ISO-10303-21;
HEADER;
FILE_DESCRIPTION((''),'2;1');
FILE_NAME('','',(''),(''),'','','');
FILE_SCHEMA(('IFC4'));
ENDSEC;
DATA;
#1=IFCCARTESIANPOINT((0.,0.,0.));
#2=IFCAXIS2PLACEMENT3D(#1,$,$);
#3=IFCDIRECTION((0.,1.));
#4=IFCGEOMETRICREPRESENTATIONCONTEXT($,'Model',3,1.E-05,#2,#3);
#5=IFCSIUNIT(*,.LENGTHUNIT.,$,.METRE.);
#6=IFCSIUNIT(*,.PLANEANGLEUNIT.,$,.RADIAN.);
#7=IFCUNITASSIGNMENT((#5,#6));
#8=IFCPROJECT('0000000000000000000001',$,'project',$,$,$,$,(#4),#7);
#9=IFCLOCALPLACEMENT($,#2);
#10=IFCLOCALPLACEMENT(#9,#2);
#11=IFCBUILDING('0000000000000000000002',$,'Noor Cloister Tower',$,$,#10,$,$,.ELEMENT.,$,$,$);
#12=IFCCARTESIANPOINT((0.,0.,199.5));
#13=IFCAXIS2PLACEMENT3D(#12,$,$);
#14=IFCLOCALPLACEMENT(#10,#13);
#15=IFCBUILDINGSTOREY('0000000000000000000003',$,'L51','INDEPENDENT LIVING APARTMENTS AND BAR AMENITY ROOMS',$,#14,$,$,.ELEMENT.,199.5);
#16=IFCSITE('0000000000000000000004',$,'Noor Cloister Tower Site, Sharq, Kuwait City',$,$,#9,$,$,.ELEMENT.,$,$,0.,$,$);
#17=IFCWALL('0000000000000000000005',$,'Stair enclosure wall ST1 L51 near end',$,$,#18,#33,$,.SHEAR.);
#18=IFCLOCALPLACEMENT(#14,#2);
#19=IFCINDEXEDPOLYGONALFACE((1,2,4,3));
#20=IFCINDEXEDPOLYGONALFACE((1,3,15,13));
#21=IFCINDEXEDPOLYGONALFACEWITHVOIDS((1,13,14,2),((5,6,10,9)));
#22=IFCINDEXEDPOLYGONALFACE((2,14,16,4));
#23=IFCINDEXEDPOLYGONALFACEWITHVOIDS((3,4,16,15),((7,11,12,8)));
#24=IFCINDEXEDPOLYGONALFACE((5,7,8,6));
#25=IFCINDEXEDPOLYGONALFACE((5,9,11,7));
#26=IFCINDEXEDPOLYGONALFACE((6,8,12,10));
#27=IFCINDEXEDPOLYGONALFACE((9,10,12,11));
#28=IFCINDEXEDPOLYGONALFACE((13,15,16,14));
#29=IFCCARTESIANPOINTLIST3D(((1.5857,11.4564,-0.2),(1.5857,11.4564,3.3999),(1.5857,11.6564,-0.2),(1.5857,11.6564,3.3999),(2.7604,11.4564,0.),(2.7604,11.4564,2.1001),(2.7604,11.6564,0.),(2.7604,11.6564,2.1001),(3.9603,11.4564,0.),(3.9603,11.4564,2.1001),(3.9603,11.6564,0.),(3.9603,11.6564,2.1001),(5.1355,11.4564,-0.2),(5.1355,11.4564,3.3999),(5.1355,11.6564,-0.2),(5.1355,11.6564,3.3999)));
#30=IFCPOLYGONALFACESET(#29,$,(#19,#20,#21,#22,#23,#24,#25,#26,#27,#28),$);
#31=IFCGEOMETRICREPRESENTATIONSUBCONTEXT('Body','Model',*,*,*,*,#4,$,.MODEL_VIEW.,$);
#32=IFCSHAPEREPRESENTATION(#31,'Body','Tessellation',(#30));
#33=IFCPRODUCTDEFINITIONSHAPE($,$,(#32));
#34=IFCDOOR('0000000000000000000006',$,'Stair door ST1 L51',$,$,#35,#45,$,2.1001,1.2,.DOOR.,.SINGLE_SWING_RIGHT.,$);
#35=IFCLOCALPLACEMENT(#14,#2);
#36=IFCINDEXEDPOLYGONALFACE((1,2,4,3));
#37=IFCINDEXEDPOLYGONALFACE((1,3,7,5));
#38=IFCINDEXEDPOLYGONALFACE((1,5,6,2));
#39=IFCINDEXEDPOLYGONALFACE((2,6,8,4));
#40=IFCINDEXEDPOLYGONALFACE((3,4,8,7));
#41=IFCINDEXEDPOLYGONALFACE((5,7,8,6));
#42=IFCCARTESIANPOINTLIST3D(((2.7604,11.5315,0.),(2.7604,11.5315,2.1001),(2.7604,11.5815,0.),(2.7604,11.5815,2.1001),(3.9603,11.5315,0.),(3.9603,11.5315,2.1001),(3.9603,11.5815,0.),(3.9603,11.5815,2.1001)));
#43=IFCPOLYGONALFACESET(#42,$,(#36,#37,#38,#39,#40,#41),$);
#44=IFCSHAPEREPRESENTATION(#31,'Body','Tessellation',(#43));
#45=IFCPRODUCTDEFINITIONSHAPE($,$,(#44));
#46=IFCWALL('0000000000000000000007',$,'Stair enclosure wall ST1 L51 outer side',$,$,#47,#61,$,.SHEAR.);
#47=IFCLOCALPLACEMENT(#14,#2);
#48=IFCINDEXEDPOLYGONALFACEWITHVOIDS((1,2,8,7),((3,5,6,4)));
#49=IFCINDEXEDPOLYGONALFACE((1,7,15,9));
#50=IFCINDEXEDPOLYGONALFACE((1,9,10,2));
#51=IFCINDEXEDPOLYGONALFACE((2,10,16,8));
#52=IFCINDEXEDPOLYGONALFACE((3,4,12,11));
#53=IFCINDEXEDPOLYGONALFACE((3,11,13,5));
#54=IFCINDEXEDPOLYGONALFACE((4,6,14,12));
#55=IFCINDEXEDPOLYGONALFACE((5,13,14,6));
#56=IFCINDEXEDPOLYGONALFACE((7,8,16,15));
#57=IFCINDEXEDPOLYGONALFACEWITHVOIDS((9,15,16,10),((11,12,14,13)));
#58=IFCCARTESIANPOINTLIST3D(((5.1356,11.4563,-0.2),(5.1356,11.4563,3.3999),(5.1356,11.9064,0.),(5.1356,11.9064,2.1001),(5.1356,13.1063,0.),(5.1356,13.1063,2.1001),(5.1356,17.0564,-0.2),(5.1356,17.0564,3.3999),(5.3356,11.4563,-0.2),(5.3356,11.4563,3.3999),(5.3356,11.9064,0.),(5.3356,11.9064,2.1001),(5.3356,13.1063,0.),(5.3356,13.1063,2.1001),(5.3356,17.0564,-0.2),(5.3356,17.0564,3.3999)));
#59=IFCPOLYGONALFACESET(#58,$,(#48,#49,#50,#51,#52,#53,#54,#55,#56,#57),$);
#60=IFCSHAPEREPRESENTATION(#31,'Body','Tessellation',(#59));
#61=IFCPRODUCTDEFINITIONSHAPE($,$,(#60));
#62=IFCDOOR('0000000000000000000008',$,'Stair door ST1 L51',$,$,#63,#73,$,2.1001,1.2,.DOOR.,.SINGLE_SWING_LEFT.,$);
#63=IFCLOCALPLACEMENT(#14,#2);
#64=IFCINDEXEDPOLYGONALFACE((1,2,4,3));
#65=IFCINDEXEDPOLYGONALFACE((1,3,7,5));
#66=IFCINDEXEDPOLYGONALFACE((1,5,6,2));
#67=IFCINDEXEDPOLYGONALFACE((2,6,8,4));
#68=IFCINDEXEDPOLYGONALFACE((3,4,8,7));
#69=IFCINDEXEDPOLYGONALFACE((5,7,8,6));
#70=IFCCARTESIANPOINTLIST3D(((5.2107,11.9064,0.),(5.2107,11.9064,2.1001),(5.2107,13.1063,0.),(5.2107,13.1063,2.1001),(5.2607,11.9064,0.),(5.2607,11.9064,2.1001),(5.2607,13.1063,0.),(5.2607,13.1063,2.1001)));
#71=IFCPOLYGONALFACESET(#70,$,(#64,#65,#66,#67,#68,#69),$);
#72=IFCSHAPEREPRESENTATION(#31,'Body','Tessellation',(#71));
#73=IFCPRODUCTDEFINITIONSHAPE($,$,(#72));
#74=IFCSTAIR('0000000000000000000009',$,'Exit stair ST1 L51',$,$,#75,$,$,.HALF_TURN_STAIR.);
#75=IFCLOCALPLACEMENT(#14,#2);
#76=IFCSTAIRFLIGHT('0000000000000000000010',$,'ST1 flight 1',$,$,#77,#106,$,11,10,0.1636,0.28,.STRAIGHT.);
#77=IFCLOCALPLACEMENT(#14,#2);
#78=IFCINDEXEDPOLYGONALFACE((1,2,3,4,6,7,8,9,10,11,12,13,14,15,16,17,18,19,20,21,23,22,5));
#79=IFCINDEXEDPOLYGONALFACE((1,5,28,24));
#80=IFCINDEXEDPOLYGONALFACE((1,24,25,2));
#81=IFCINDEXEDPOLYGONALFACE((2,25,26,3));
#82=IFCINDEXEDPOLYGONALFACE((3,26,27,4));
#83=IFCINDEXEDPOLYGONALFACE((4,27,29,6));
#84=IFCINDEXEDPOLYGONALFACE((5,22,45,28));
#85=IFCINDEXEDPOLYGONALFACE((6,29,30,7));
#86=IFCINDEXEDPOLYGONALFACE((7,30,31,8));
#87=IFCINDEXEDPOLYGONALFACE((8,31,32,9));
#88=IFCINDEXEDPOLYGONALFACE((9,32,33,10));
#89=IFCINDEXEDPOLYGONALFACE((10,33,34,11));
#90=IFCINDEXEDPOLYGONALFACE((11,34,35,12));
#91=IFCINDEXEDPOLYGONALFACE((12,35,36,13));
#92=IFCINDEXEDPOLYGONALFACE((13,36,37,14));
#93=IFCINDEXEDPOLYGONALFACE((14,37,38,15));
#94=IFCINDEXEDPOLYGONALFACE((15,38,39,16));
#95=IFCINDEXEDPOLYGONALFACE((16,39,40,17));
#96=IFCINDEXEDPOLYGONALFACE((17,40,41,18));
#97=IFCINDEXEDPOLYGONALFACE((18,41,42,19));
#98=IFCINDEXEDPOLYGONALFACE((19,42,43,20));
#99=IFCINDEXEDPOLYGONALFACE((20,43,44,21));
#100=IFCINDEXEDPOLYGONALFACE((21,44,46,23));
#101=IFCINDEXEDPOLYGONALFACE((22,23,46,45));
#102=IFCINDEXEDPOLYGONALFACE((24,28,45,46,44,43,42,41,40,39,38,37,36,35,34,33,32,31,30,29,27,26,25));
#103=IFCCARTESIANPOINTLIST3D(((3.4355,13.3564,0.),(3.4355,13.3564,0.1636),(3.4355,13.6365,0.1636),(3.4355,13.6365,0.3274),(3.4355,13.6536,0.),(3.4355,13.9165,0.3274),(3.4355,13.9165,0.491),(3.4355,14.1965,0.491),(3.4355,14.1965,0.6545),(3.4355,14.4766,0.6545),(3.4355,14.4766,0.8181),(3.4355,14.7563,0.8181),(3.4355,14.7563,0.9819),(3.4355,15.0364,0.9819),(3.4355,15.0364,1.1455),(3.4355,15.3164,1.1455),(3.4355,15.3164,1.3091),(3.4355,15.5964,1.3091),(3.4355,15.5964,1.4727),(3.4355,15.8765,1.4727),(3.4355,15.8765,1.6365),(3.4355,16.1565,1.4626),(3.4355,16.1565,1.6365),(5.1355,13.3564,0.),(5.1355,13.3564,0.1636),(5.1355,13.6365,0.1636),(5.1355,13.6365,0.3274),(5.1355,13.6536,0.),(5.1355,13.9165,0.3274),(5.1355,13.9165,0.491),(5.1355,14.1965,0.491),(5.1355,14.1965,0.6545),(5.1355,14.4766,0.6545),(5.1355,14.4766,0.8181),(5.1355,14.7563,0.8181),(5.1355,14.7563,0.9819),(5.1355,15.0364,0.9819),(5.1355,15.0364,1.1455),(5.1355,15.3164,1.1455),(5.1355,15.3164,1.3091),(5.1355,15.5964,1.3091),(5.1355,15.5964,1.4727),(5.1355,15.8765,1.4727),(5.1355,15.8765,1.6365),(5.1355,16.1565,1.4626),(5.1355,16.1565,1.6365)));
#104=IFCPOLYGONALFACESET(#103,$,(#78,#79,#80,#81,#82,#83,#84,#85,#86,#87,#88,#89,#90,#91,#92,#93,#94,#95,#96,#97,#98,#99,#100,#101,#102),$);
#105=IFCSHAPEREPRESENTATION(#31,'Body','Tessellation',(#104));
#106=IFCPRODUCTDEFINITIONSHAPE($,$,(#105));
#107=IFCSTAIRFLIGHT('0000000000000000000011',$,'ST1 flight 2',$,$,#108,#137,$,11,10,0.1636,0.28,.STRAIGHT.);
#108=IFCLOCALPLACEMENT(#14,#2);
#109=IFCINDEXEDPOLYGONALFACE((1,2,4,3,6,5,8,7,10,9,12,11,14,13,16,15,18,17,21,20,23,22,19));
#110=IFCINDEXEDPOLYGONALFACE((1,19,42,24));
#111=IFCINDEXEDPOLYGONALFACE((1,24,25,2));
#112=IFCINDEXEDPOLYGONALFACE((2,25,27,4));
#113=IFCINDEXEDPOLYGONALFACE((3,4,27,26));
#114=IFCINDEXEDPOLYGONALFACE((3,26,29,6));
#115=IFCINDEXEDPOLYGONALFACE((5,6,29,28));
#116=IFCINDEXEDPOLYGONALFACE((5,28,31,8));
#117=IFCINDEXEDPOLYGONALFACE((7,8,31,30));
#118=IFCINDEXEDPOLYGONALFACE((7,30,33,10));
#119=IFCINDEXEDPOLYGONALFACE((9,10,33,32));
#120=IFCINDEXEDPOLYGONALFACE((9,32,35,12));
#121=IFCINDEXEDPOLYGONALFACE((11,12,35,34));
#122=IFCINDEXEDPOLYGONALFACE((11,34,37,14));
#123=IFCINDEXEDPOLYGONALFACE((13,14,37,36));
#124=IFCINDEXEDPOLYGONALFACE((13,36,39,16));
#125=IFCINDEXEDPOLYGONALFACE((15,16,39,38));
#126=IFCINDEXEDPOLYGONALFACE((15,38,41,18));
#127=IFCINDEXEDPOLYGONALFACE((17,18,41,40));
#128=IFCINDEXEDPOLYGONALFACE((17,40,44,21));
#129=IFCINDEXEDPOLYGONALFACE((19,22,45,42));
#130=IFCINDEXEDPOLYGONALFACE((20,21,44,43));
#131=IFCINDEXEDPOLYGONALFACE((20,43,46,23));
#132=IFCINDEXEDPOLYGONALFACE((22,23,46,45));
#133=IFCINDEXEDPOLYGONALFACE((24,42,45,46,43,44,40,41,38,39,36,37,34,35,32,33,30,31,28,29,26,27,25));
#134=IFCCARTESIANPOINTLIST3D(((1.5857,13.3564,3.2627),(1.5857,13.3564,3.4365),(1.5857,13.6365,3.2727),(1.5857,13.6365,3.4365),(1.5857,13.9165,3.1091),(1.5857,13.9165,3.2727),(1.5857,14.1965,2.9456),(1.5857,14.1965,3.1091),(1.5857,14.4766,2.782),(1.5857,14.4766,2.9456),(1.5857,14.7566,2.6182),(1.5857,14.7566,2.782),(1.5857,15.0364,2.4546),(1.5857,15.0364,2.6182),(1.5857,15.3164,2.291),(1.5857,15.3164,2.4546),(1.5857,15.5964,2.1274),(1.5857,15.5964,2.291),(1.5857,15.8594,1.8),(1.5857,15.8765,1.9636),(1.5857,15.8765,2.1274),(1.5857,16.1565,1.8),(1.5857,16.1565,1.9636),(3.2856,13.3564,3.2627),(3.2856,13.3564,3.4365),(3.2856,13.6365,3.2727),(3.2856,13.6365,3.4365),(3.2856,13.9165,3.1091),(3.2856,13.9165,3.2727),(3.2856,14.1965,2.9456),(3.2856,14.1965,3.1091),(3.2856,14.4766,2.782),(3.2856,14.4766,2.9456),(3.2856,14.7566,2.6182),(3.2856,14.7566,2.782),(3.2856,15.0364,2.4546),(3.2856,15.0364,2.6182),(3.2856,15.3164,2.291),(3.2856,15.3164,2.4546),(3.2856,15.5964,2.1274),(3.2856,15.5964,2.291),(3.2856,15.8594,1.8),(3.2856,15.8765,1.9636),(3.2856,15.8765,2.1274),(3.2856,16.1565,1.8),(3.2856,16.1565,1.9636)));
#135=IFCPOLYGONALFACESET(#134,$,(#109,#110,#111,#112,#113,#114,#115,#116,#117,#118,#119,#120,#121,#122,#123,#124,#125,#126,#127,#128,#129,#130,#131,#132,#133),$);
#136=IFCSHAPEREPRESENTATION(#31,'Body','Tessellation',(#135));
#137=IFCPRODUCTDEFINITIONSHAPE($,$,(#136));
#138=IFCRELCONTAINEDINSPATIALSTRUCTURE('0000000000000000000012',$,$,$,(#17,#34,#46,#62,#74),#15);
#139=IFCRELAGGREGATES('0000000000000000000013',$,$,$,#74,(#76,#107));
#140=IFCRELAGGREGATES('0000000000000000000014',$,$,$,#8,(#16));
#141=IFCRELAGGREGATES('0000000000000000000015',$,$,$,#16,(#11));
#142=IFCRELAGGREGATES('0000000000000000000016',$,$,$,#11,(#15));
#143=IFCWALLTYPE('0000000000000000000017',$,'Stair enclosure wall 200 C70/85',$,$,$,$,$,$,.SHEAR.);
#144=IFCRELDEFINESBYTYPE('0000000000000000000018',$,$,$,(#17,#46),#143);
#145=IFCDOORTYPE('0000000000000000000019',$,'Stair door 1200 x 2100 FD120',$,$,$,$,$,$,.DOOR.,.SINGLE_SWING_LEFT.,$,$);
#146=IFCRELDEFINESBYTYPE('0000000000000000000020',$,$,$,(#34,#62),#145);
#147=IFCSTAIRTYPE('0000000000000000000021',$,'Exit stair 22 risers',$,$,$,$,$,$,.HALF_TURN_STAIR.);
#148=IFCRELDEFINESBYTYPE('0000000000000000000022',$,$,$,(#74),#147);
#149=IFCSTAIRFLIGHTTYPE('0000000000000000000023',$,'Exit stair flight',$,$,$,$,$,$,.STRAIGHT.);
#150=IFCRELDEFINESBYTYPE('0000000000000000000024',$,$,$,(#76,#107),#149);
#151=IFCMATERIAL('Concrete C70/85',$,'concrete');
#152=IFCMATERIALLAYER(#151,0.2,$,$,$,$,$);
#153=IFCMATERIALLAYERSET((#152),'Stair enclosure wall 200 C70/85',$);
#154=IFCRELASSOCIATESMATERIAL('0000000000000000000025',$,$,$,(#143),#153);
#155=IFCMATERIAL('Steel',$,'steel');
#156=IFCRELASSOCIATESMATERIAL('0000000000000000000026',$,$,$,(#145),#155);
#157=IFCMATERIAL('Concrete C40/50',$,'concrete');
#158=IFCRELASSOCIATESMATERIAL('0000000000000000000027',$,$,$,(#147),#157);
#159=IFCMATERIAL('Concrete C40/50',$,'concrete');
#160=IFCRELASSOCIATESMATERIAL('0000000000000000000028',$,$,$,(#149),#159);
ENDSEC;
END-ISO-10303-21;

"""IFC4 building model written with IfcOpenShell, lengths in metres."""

from ifc_helpers import new_model, si_unit, direction, frame, frame_2d, origin, place, context, subcontext, project, spatial, polyline, rectangle, outline, extrude, material, layer, layer_set, type_object, element, fill, aggregate, save


model = new_model("IFC4")

# Units and contexts
model_context = context("Model", 3, precision=1e-05, world=origin(), true_north=direction((0.0, 1.0)))
body_context = subcontext(model_context, "Body", "Model", "MODEL_VIEW")
ifc_project = project(units=[si_unit("LENGTHUNIT", "METRE"), si_unit("PLANEANGLEUNIT", "RADIAN")], contexts=[model_context])

# Site, building, storey
site_placement = place(None, origin())
site = spatial("IfcSite", under=ifc_project, at=site_placement, Name="Noor Cloister Tower Site, Sharq, Kuwait City", CompositionType="ELEMENT", RefElevation=0.0)
building_placement = place(site_placement, origin())
building = spatial("IfcBuilding", under=site, at=building_placement, Name="Noor Cloister Tower", CompositionType="ELEMENT")
storey_placement = place(building_placement, frame((0.0, 0.0, 199.5)))
storey = spatial("IfcBuildingStorey", under=building, at=storey_placement, Name="L51", Description="INDEPENDENT LIVING APARTMENTS AND BAR AMENITY ROOMS", CompositionType="ELEMENT", Elevation=199.5)

# Walls, openings, doors
ifc_material_1 = material(Name="Concrete C70/85", Category="concrete")
ifc_layer_1 = layer(ifc_material_1, 0.2)
ifc_layer_set_1 = layer_set([ifc_layer_1], Name="Stair enclosure wall 200 C70/85")
wall_type_1 = type_object("IfcWallType", Name="Stair enclosure wall 200 C70/85", PredefinedType="SHEAR", material=ifc_layer_set_1)
wall_1_placement = place(storey_placement, frame((5.1355, 11.5564, -0.2), z_axis=(0.0, 0.0, 1.0), x_axis=(-1.0, 0.0, 0.0)))
wall_1 = element("IfcWall", 1, at=wall_1_placement, inside=storey, type_object=wall_type_1, Name="Stair enclosure wall ST1 L51 near end", PredefinedType="SHEAR", context=body_context, shape_type="SweptSolid", body=[
    extrude(rectangle(XDim=3.5498, YDim=0.2, at=frame_2d((1.7749, 0.0))), origin(), (0.0, 0.0, 1.0), 3.5999),
])
opening_1_placement = place(wall_1_placement, frame((1.175, 0.0, 0.2)))
opening_1 = element("IfcOpeningElement", 2, at=opening_1_placement, cuts=wall_1, PredefinedType="OPENING", context=body_context, shape_type="SweptSolid", body=[
    extrude(rectangle(XDim=1.2, YDim=2.1001, at=frame_2d((0.6001, 1.05))), frame((0.0, 0.1099, 0.0), z_axis=(0.0, -1.0, 0.0), x_axis=(1.0, 0.0, 0.0)), (0.0, 0.0, 1.0), 0.22),
])
ifc_material_2 = material(Name="Steel", Category="steel")
door_type_1 = type_object("IfcDoorType", Name="Stair door 1200 x 2100 FD120", OperationType="SINGLE_SWING_LEFT", PredefinedType="DOOR", material=ifc_material_2)
door_1_placement = place(opening_1_placement, origin())
door_1 = element("IfcDoor", 3, at=door_1_placement, inside=storey, type_object=door_type_1, Name="Stair door ST1 L51", OperationType="SINGLE_SWING_RIGHT", OverallHeight=2.1001, OverallWidth=1.2, PredefinedType="DOOR", context=body_context, shape_type="SweptSolid", body=[
    extrude(rectangle(XDim=1.2, YDim=2.1001, at=frame_2d((0.6001, 1.05))), frame((0.0, 0.0249, 0.0), z_axis=(0.0, -1.0, 0.0), x_axis=(1.0, 0.0, 0.0)), (0.0, 0.0, 1.0), 0.05),
])
fill(opening_1, door_1)
wall_2_placement = place(storey_placement, frame((5.2356, 11.4563, -0.2), z_axis=(0.0, 0.0, 1.0), x_axis=(0.0, 1.0, 0.0)))
wall_2 = element("IfcWall", 4, at=wall_2_placement, inside=storey, type_object=wall_type_1, Name="Stair enclosure wall ST1 L51 outer side", PredefinedType="SHEAR", context=body_context, shape_type="SweptSolid", body=[
    extrude(rectangle(XDim=5.6001, YDim=0.2, at=frame_2d((2.8, 0.0))), origin(), (0.0, 0.0, 1.0), 3.5999),
])
opening_2_placement = place(wall_2_placement, frame((0.45, 0.0, 0.2)))
opening_2 = element("IfcOpeningElement", 5, at=opening_2_placement, cuts=wall_2, PredefinedType="OPENING", context=body_context, shape_type="SweptSolid", body=[
    extrude(rectangle(XDim=1.2, YDim=2.1001, at=frame_2d((0.6001, 1.05))), frame((0.0, 0.1099, 0.0), z_axis=(0.0, -1.0, 0.0), x_axis=(1.0, 0.0, 0.0)), (0.0, 0.0, 1.0), 0.22),
])
door_2_placement = place(opening_2_placement, origin())
door_2 = element("IfcDoor", 6, at=door_2_placement, inside=storey, type_object=door_type_1, Name="Stair door ST1 L51", OperationType="SINGLE_SWING_LEFT", OverallHeight=2.1001, OverallWidth=1.2, PredefinedType="DOOR", context=body_context, shape_type="SweptSolid", body=[
    extrude(rectangle(XDim=1.2, YDim=2.1001, at=frame_2d((0.6001, 1.05))), frame((0.0, 0.0249, 0.0), z_axis=(0.0, -1.0, 0.0), x_axis=(1.0, 0.0, 0.0)), (0.0, 0.0, 1.0), 0.05),
])
fill(opening_2, door_2)

# Stair, stair flights
ifc_material_3 = material(Name="Concrete C40/50", Category="concrete")
stair_type = type_object("IfcStairType", Name="Exit stair 22 risers", PredefinedType="HALF_TURN_STAIR", material=ifc_material_3)
stair_placement = place(storey_placement, origin())
stair = element("IfcStair", 7, at=stair_placement, inside=storey, type_object=stair_type, Name="Exit stair ST1 L51", PredefinedType="HALF_TURN_STAIR")
ifc_material_4 = material(Name="Concrete C40/50", Category="concrete")
stair_flight_type = type_object("IfcStairFlightType", Name="Exit stair flight", PredefinedType="STRAIGHT", material=ifc_material_4)
stair_flight_1_placement = place(storey_placement, frame((4.2856, 13.3564, 0.0), z_axis=(0.0, 0.0, 1.0), x_axis=(0.0, 1.0, 0.0)))
stair_flight_1 = element("IfcStairFlight", 8, at=stair_flight_1_placement, type_object=stair_flight_type, Name="ST1 flight 1", NumberOfRisers=11, NumberOfTreads=10, PredefinedType="STRAIGHT", RiserHeight=0.1636, TreadLength=0.28, context=body_context, shape_type="SweptSolid", body=[
    extrude(outline(polyline([(0.0, 0.0), (0.0, 0.1636), (0.28, 0.1636), (0.28, 0.3274), (0.5601, 0.3274), (0.5601, 0.491), (0.8401, 0.491), (0.8401, 0.6545), (1.1201, 0.6545), (1.1201, 0.8181), (1.3999, 0.8181), (1.3999, 0.9819), (1.6799, 0.9819), (1.6799, 1.1455), (1.96, 1.1455), (1.96, 1.3091), (2.24, 1.3091), (2.24, 1.4727), (2.52, 1.4727), (2.52, 1.6365), (2.8, 1.6365), (2.8, 1.8), (2.8, 1.4626), (0.2971, 0.0), (0.0, 0.0)])), frame((0.0, 0.8501, 0.0), z_axis=(0.0, -1.0, 0.0), x_axis=(1.0, 0.0, 0.0)), (0.0, 0.0, 1.0), 1.7),
])
stair_flight_2_placement = place(storey_placement, frame((2.4355, 16.1565, 1.8), z_axis=(0.0, 0.0, 1.0), x_axis=(0.0, -1.0, 0.0)))
stair_flight_2 = element("IfcStairFlight", 9, at=stair_flight_2_placement, type_object=stair_flight_type, Name="ST1 flight 2", NumberOfRisers=11, NumberOfTreads=10, PredefinedType="STRAIGHT", RiserHeight=0.1636, TreadLength=0.28, context=body_context, shape_type="SweptSolid", body=[
    extrude(outline(polyline([(0.0, 0.0), (0.0, 0.1636), (0.28, 0.1636), (0.28, 0.3274), (0.5601, 0.3274), (0.5601, 0.491), (0.8401, 0.491), (0.8401, 0.6545), (1.1201, 0.6545), (1.1201, 0.8181), (1.3999, 0.8181), (1.3999, 0.9819), (1.6799, 0.9819), (1.6799, 1.1455), (1.96, 1.1455), (1.96, 1.3091), (2.24, 1.3091), (2.24, 1.4727), (2.52, 1.4727), (2.52, 1.6365), (2.8, 1.6365), (2.8, 1.8), (2.8, 1.4626), (0.2971, 0.0), (0.0, 0.0)])), frame((0.0, 0.8501, 0.0), z_axis=(0.0, -1.0, 0.0), x_axis=(1.0, 0.0, 0.0)), (0.0, 0.0, 1.0), 1.7),
])
aggregate(stair, [stair_flight_1, stair_flight_2])

save(model, "model.ifc")
